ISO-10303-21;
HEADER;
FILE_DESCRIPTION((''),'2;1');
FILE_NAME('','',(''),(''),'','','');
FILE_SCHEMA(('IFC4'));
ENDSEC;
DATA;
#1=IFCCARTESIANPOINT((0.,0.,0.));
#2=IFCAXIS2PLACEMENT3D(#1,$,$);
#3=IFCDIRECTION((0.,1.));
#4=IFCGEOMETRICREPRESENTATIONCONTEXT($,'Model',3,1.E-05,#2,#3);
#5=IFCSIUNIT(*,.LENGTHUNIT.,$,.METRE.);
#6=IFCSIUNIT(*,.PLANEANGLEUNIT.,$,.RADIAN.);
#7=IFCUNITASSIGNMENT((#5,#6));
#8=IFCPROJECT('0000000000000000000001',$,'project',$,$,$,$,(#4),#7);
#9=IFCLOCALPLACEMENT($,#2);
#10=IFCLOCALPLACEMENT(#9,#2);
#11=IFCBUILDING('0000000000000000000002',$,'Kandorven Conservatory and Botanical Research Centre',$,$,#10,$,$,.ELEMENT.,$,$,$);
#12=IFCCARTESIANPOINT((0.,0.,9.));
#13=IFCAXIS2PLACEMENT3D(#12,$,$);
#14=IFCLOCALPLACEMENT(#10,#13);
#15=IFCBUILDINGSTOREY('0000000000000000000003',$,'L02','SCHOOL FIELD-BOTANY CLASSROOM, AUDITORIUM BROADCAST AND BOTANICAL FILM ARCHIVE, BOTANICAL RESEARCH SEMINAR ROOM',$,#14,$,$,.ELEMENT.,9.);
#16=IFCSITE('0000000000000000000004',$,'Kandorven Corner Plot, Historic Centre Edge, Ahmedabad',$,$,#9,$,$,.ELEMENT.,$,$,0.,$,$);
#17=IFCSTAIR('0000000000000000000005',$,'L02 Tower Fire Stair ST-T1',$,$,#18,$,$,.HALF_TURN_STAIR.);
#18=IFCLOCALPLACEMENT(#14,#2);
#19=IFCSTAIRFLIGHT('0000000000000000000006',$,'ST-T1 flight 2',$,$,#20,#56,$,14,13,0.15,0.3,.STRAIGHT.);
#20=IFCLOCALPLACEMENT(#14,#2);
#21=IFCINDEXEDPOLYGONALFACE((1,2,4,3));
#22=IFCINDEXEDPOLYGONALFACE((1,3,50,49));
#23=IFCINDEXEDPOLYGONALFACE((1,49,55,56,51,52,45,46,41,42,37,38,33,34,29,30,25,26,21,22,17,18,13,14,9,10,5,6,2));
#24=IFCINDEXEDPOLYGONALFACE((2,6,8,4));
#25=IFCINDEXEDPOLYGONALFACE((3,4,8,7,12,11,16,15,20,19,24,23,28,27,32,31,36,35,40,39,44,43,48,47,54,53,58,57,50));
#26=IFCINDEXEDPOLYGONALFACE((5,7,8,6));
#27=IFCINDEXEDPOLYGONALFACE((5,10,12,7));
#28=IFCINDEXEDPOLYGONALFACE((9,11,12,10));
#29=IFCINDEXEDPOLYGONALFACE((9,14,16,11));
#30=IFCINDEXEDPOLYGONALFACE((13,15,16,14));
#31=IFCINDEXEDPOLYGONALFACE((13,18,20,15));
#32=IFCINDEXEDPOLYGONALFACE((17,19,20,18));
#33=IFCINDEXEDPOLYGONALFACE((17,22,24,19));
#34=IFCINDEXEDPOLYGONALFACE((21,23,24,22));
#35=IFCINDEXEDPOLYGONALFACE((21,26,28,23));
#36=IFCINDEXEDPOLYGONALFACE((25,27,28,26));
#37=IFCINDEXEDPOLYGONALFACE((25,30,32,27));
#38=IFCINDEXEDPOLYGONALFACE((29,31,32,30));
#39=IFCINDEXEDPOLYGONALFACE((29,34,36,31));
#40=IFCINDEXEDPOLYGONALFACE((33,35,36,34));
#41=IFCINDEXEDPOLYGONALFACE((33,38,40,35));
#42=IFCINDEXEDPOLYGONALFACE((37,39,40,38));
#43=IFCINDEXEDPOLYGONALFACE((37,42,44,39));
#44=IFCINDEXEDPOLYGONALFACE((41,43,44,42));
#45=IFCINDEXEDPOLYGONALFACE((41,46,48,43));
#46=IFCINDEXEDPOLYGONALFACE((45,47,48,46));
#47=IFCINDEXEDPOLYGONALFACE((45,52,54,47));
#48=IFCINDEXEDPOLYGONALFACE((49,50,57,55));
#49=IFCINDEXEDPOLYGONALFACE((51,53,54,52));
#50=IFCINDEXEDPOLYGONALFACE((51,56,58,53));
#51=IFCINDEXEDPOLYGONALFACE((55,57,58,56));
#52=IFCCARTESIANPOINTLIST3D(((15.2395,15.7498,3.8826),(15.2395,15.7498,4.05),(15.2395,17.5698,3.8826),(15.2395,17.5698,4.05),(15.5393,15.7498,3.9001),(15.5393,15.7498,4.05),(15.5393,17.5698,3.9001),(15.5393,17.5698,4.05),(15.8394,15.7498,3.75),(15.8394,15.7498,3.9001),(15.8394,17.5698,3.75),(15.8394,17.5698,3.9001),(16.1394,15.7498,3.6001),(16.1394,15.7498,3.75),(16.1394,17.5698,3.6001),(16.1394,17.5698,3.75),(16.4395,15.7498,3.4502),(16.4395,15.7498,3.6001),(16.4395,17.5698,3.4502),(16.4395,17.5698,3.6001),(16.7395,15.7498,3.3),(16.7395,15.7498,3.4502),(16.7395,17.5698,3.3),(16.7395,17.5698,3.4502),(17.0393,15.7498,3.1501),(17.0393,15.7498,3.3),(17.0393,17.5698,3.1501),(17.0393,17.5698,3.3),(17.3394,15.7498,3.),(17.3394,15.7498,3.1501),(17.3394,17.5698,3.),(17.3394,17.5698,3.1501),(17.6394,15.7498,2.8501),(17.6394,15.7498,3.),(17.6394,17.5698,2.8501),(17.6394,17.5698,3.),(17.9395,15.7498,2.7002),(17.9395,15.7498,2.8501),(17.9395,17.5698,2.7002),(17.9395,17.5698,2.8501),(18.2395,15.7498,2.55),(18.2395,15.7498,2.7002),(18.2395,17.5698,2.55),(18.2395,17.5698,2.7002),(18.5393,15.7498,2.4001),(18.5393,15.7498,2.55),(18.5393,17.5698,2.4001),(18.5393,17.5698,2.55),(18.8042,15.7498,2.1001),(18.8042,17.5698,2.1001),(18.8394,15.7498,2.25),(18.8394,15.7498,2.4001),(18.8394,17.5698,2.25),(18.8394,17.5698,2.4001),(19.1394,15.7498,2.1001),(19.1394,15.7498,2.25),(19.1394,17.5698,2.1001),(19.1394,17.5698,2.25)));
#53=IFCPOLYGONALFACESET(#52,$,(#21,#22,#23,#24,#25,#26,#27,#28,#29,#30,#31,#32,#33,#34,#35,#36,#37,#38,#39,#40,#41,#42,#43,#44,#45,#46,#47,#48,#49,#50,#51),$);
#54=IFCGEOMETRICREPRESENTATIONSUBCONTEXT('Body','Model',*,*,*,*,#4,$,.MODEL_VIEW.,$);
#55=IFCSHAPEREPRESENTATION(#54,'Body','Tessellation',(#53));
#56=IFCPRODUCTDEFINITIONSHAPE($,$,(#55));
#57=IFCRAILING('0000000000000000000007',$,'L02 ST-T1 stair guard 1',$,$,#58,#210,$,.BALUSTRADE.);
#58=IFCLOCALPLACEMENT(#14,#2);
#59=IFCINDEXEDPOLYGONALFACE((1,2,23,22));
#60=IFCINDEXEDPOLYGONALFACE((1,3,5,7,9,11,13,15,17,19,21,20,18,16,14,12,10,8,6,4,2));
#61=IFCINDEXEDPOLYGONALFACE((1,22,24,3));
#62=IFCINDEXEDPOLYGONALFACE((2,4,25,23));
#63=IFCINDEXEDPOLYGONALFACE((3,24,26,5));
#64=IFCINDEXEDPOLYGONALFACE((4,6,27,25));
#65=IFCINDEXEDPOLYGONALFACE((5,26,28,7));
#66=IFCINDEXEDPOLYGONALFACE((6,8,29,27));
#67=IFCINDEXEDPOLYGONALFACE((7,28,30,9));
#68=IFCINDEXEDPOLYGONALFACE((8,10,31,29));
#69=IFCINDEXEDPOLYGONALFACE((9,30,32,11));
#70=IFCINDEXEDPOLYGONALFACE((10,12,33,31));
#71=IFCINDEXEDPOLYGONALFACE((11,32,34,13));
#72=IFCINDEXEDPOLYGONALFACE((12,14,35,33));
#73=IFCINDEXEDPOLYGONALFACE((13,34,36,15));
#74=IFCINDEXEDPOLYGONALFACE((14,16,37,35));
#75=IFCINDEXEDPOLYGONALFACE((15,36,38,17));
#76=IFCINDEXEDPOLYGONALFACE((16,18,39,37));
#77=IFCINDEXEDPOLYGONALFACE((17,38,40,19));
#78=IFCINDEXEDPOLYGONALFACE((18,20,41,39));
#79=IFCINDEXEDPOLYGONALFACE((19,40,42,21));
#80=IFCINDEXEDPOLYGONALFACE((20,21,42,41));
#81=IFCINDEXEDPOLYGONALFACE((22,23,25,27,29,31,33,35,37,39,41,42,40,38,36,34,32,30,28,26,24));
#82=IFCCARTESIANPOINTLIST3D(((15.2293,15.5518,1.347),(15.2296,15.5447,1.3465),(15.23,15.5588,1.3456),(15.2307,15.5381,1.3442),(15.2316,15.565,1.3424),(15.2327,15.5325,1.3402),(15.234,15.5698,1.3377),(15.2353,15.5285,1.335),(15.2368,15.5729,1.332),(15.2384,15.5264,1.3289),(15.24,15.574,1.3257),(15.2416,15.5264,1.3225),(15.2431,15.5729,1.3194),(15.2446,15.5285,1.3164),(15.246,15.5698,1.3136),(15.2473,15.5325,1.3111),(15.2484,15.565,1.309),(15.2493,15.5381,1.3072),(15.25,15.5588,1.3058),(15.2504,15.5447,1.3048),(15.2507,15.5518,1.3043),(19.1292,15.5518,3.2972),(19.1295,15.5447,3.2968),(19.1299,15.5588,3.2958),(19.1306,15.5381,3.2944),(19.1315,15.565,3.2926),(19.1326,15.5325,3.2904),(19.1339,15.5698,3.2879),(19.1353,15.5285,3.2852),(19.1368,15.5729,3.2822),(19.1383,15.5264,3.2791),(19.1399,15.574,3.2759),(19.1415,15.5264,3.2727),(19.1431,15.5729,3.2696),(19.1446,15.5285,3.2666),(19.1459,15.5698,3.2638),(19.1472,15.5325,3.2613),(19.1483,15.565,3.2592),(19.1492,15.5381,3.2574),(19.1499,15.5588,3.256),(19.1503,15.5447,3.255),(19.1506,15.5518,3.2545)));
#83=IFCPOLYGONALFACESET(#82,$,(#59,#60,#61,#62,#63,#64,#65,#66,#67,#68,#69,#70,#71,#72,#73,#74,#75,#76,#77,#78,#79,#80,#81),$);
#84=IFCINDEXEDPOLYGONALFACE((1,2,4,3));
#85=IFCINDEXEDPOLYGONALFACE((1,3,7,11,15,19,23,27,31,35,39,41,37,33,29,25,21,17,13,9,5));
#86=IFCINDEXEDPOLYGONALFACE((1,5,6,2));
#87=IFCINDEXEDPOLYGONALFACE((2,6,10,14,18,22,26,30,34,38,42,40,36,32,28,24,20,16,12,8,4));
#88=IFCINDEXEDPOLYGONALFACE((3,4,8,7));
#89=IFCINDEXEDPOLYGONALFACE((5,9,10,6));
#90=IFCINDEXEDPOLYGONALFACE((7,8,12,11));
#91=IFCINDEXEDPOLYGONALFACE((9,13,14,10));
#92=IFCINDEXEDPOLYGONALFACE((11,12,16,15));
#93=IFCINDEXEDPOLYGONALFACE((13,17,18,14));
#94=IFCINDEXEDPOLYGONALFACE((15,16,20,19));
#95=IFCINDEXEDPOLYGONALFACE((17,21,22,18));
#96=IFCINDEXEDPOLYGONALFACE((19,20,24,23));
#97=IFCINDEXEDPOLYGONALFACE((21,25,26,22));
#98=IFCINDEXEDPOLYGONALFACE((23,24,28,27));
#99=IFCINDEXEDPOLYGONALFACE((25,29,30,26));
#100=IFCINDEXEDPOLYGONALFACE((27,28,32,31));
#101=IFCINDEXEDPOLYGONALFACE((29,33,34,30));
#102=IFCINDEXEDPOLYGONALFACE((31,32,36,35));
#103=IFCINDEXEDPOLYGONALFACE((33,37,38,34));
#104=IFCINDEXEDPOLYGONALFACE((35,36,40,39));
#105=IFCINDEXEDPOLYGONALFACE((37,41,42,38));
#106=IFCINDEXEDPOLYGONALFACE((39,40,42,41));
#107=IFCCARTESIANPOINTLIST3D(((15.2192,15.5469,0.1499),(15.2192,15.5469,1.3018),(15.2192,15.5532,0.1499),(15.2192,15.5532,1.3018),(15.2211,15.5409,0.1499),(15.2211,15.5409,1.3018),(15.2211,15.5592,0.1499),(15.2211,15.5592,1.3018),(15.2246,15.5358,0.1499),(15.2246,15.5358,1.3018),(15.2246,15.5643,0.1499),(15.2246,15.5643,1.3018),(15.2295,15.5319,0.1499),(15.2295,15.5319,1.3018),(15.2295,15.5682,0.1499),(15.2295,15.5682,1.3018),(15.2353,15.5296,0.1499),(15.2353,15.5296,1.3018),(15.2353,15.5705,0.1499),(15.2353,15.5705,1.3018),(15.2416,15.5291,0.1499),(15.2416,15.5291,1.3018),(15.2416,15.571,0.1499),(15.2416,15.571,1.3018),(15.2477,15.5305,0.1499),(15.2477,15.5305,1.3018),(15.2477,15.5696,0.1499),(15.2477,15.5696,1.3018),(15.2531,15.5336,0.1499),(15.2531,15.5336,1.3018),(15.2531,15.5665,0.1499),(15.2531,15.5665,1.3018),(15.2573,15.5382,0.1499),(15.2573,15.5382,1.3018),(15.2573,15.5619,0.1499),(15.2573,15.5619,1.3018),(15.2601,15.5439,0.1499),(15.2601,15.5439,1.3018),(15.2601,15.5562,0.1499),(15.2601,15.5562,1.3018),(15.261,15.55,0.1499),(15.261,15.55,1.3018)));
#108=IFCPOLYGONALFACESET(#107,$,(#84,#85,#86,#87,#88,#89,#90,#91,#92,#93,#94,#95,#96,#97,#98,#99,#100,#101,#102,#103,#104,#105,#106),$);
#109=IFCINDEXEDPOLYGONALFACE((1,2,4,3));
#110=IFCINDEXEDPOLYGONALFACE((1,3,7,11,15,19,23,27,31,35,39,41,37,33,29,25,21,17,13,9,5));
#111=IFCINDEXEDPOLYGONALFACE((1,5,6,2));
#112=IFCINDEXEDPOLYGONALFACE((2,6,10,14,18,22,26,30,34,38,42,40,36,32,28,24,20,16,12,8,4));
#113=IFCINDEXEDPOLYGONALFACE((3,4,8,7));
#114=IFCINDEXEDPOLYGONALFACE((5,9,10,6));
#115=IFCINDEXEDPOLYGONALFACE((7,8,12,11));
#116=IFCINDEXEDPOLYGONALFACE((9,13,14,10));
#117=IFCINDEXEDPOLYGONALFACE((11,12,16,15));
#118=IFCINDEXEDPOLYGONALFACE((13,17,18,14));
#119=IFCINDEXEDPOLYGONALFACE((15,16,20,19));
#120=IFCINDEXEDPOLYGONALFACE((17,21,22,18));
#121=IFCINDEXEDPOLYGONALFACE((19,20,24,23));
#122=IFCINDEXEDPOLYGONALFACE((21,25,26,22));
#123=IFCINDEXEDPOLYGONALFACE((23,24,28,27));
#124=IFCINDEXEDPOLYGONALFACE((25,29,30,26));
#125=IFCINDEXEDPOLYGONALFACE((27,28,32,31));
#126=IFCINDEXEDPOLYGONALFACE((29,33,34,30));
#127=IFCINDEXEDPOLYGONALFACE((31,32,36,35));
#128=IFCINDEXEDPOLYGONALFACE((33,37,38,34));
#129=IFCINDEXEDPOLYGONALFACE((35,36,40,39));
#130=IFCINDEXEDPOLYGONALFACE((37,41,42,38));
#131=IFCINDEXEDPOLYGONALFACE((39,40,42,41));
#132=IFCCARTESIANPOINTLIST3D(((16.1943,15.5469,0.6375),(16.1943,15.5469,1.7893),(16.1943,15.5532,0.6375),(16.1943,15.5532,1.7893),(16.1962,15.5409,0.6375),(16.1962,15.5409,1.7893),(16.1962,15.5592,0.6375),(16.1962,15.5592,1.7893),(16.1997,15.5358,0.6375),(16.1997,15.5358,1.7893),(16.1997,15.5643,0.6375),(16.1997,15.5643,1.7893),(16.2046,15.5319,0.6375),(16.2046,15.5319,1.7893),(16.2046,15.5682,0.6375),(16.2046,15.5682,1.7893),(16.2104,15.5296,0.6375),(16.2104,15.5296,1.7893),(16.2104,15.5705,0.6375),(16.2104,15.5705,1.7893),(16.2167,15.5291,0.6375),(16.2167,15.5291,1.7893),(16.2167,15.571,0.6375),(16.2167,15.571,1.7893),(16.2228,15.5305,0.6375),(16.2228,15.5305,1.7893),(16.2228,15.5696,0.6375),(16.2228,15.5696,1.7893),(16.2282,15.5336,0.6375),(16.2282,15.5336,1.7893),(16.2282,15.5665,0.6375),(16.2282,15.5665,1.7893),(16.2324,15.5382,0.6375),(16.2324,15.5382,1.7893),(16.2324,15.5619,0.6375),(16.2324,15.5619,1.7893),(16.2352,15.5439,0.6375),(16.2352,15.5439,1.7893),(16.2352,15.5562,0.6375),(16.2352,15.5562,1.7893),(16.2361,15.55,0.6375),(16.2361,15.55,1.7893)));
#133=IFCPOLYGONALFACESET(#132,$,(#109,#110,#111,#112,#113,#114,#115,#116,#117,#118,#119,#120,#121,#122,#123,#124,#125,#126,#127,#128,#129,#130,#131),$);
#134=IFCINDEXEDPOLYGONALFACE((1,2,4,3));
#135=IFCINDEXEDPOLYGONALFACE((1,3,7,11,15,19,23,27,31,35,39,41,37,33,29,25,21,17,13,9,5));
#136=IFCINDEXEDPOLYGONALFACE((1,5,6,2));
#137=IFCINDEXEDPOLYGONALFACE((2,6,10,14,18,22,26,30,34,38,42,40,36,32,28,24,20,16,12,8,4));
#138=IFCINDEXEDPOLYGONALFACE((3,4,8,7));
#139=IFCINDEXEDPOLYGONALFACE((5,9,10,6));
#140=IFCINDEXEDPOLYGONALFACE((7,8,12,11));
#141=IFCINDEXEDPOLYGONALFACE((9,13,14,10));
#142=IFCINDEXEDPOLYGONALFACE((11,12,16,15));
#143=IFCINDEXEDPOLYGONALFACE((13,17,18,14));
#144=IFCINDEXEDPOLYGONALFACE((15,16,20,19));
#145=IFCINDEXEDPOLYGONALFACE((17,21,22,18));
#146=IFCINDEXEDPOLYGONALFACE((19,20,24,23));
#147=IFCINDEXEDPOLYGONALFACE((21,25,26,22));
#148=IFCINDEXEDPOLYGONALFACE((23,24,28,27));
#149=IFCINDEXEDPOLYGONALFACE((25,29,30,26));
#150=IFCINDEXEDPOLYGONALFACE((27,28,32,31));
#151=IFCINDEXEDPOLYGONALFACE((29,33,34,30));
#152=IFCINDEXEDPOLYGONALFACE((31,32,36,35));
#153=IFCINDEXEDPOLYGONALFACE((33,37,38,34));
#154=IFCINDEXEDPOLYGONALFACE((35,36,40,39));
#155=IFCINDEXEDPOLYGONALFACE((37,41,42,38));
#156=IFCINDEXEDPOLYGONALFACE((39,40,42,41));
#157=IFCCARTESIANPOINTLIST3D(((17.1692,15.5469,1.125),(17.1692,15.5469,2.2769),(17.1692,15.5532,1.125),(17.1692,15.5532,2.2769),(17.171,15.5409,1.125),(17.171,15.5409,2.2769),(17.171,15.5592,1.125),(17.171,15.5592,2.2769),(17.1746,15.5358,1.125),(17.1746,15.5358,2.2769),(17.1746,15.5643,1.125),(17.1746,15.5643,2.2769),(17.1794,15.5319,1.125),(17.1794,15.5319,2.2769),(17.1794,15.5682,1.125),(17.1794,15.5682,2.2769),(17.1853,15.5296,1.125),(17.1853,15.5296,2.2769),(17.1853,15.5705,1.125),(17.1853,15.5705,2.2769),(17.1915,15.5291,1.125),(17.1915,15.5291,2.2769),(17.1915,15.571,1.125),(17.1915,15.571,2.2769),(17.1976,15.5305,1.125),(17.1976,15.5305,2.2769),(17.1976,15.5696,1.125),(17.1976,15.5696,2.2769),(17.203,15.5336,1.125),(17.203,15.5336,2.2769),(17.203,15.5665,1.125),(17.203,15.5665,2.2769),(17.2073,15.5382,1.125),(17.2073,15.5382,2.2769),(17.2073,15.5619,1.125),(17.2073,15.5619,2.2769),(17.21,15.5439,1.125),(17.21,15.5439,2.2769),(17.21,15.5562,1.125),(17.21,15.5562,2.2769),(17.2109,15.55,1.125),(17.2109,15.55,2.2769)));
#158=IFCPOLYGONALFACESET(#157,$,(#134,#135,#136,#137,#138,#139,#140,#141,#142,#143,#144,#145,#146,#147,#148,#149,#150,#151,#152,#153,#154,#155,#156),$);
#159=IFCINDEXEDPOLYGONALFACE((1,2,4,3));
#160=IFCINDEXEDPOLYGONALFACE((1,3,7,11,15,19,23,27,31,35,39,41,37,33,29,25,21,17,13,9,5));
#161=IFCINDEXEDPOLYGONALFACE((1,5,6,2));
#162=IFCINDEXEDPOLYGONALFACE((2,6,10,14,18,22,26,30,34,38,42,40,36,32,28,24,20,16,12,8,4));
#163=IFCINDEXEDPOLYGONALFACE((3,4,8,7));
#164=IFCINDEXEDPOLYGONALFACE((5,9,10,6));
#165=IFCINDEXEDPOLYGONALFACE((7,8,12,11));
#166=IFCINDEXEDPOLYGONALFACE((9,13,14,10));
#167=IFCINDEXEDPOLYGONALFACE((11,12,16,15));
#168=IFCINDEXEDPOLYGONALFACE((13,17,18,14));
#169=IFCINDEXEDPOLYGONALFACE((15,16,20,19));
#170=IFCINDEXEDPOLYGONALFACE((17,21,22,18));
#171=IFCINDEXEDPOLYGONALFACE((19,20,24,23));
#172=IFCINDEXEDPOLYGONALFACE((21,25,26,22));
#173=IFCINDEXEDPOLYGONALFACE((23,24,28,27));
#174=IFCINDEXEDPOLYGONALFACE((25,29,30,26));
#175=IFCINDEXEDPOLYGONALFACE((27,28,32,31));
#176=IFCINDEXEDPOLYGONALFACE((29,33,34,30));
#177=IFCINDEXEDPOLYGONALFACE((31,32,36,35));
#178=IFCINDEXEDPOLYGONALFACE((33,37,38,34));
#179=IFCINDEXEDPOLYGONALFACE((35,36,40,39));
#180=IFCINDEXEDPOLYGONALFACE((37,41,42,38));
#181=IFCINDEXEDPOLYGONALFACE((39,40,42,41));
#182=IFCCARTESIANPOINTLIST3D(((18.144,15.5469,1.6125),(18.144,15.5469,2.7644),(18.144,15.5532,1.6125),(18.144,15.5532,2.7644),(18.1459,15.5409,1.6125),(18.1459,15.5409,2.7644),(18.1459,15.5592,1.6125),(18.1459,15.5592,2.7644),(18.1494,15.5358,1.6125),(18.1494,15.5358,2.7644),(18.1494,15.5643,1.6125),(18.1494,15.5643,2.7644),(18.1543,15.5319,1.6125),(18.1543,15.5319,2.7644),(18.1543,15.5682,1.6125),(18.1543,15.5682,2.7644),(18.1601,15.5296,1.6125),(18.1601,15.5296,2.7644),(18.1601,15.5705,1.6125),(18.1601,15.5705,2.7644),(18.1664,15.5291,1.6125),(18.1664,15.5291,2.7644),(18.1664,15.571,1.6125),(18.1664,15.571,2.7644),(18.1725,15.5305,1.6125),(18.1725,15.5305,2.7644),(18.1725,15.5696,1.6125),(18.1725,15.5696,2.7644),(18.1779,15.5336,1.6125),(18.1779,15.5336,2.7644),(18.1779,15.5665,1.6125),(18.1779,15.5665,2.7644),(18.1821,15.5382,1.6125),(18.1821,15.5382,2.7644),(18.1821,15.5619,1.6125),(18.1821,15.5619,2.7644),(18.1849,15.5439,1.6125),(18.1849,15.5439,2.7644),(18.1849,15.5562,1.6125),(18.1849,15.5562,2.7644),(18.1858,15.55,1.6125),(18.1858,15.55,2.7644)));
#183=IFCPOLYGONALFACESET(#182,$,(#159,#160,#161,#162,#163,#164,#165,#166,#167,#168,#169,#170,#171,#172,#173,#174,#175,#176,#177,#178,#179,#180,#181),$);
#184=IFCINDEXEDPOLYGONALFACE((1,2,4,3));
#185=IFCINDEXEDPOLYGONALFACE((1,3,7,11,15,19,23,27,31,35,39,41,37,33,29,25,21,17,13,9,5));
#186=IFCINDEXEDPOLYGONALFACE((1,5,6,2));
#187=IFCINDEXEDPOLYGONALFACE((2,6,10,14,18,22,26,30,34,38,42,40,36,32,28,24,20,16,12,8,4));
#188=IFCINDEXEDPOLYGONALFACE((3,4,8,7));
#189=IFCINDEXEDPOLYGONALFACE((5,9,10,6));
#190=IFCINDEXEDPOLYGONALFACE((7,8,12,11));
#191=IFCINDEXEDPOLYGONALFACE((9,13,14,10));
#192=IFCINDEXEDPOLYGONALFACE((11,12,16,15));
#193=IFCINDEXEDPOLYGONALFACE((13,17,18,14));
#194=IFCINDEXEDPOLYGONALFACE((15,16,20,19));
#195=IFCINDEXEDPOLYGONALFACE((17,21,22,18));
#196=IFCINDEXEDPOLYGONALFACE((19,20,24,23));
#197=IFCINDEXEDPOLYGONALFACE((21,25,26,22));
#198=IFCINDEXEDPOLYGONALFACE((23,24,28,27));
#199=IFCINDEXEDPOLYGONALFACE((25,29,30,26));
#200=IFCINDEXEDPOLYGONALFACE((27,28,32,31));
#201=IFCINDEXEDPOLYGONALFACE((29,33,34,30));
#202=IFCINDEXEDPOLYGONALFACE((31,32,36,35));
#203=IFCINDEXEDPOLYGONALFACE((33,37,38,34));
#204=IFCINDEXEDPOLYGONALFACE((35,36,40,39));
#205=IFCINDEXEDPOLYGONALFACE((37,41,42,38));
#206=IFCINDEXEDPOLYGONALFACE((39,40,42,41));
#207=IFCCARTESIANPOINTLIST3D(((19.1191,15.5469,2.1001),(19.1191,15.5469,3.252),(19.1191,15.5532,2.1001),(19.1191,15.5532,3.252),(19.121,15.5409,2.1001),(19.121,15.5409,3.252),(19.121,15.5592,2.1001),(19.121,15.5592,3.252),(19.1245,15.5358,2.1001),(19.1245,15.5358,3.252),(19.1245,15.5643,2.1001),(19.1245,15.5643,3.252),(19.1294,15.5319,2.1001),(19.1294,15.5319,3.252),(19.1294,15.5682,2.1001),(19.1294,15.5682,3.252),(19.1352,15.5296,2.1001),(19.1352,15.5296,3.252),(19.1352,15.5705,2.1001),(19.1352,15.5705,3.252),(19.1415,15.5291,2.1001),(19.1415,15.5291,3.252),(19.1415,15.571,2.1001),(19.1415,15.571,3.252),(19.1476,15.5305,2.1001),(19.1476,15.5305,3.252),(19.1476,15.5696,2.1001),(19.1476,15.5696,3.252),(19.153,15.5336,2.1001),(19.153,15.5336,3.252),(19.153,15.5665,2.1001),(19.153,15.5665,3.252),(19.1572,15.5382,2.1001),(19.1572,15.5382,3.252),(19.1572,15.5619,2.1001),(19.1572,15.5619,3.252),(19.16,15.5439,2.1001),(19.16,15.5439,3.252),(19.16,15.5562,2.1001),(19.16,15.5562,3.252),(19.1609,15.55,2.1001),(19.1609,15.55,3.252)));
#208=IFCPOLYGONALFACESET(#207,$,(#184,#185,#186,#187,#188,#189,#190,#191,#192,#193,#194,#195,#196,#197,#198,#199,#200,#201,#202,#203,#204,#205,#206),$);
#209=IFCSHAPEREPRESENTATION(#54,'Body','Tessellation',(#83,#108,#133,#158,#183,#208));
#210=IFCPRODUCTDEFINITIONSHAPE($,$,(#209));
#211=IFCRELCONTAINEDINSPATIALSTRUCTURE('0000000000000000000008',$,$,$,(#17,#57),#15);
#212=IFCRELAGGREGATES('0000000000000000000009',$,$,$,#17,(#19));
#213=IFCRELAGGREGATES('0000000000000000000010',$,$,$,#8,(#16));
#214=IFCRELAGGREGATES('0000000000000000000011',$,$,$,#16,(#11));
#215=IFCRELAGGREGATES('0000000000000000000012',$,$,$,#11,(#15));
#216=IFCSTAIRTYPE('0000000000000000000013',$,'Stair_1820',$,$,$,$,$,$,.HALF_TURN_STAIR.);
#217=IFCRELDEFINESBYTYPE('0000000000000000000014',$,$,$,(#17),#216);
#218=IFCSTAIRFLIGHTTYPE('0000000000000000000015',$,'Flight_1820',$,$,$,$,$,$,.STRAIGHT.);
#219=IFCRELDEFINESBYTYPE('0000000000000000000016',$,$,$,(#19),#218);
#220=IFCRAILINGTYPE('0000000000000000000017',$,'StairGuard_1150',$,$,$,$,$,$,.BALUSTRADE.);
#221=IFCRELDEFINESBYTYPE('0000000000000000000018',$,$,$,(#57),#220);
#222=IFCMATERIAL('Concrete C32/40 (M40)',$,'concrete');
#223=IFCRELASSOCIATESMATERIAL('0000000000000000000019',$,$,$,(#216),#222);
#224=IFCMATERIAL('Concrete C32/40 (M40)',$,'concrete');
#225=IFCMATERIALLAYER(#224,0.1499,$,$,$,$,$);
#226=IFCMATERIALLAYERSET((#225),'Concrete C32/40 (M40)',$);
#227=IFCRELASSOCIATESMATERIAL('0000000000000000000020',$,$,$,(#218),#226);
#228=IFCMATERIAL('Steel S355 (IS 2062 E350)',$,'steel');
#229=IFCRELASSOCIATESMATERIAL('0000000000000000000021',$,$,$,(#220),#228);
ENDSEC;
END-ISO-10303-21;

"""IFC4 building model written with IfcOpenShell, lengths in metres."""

from ifc_helpers import new_model, si_unit, direction, frame, origin, origin_2d, place, context, subcontext, project, spatial, polyline, circle, outline, extrude, material, layer, layer_set, type_object, element, aggregate, save


model = new_model("IFC4")

# Units and contexts
model_context = context("Model", 3, precision=1e-05, world=origin(), true_north=direction((0.0, 1.0)))
body_context = subcontext(model_context, "Body", "Model", "MODEL_VIEW")
ifc_project = project(units=[si_unit("LENGTHUNIT", "METRE"), si_unit("PLANEANGLEUNIT", "RADIAN")], contexts=[model_context])

# Site, building, storey
site_placement = place(None, origin())
site = spatial("IfcSite", under=ifc_project, at=site_placement, Name="Kandorven Corner Plot, Historic Centre Edge, Ahmedabad", CompositionType="ELEMENT", RefElevation=0.0)
building_placement = place(site_placement, origin())
building = spatial("IfcBuilding", under=site, at=building_placement, Name="Kandorven Conservatory and Botanical Research Centre", CompositionType="ELEMENT")
storey_placement = place(building_placement, frame((0.0, 0.0, 9.0)))
storey = spatial("IfcBuildingStorey", under=building, at=storey_placement, Name="L02", Description="SCHOOL FIELD-BOTANY CLASSROOM, AUDITORIUM BROADCAST AND BOTANICAL FILM ARCHIVE, BOTANICAL RESEARCH SEMINAR ROOM", CompositionType="ELEMENT", Elevation=9.0)

# Stair, stair flight
ifc_material_1 = material(Name="Concrete C32/40 (M40)", Category="concrete")
stair_type = type_object("IfcStairType", Name="Stair_1820", PredefinedType="HALF_TURN_STAIR", material=ifc_material_1)
stair_placement = place(storey_placement, origin())
stair = element("IfcStair", 1, at=stair_placement, inside=storey, type_object=stair_type, Name="L02 Tower Fire Stair ST-T1", PredefinedType="HALF_TURN_STAIR")
ifc_material_2 = material(Name="Concrete C32/40 (M40)", Category="concrete")
ifc_layer_1 = layer(ifc_material_2, 0.1499)
ifc_layer_set_1 = layer_set([ifc_layer_1], Name="Concrete C32/40 (M40)")
stair_flight_type = type_object("IfcStairFlightType", Name="Flight_1820", PredefinedType="STRAIGHT", material=ifc_layer_set_1)
stair_flight_1_placement = place(storey_placement, frame((19.1394, 16.6599, 2.1001), z_axis=(0.0, 0.0, 1.0), x_axis=(-1.0, 0.0, 0.0)))
stair_flight_1 = element("IfcStairFlight", 2, at=stair_flight_1_placement, type_object=stair_flight_type, Name="ST-T1 flight 2", NumberOfRisers=14, NumberOfTreads=13, PredefinedType="STRAIGHT", RiserHeight=0.15, TreadLength=0.3, context=body_context, shape_type="SweptSolid", body=[
    extrude(outline(polyline([(0.0, 0.0), (0.0, 0.1499), (0.3, 0.1499), (0.3, 0.3), (0.6001, 0.3), (0.6001, 0.45), (0.8999, 0.45), (0.8999, 0.6001), (1.2, 0.6001), (1.2, 0.75), (1.5, 0.75), (1.5, 0.8999), (1.8, 0.8999), (1.8, 1.05), (2.1001, 1.05), (2.1001, 1.2), (2.3999, 1.2), (2.3999, 1.3501), (2.7, 1.3501), (2.7, 1.5), (3.0, 1.5), (3.0, 1.6499), (3.3, 1.6499), (3.3, 1.8), (3.6001, 1.8), (3.6001, 1.95), (3.8999, 1.95), (3.8999, 2.1001), (3.8999, 1.7825), (0.3352, 0.0), (0.0, 0.0)])), frame((0.0, 0.9102, 0.0), z_axis=(0.0, -1.0, 0.0), x_axis=(1.0, 0.0, 0.0)), (0.0, 0.0, 1.0), 1.8201),
])
aggregate(stair, [stair_flight_1])

# Railing
ifc_material_3 = material(Name="Steel S355 (IS 2062 E350)", Category="steel")
railing_type_1 = type_object("IfcRailingType", Name="StairGuard_1150", PredefinedType="BALUSTRADE", material=ifc_material_3)
railing_1_placement = place(storey_placement, frame((15.24, 15.55, 0.1499)))
element("IfcRailing", 3, at=railing_1_placement, inside=storey, type_object=railing_type_1, Name="L02 ST-T1 stair guard 1", PredefinedType="BALUSTRADE", context=body_context, shape_type="SweptSolid", body=[
    extrude(circle(Radius=0.0239, at=origin_2d()), frame((0.0, 0.0, 1.1758), z_axis=(0.894405, 0.0, 0.447258), x_axis=(0.0, 1.0, 0.0)), (0.0, 0.0, 1.0), 4.3604),
    extrude(circle(Radius=0.021, at=origin_2d()), origin(), (0.0, 0.0, 1.0), 1.1519),
    extrude(circle(Radius=0.021, at=origin_2d()), frame((0.9751, 0.0, 0.4875)), (0.0, 0.0, 1.0), 1.1519),
    extrude(circle(Radius=0.021, at=origin_2d()), frame((1.95, 0.0, 0.9751)), (0.0, 0.0, 1.0), 1.1519),
    extrude(circle(Radius=0.021, at=origin_2d()), frame((2.9248, 0.0, 1.4626)), (0.0, 0.0, 1.0), 1.1519),
    extrude(circle(Radius=0.021, at=origin_2d()), frame((3.8999, 0.0, 1.9502)), (0.0, 0.0, 1.0), 1.1519),
])

save(model, "model.ifc")
